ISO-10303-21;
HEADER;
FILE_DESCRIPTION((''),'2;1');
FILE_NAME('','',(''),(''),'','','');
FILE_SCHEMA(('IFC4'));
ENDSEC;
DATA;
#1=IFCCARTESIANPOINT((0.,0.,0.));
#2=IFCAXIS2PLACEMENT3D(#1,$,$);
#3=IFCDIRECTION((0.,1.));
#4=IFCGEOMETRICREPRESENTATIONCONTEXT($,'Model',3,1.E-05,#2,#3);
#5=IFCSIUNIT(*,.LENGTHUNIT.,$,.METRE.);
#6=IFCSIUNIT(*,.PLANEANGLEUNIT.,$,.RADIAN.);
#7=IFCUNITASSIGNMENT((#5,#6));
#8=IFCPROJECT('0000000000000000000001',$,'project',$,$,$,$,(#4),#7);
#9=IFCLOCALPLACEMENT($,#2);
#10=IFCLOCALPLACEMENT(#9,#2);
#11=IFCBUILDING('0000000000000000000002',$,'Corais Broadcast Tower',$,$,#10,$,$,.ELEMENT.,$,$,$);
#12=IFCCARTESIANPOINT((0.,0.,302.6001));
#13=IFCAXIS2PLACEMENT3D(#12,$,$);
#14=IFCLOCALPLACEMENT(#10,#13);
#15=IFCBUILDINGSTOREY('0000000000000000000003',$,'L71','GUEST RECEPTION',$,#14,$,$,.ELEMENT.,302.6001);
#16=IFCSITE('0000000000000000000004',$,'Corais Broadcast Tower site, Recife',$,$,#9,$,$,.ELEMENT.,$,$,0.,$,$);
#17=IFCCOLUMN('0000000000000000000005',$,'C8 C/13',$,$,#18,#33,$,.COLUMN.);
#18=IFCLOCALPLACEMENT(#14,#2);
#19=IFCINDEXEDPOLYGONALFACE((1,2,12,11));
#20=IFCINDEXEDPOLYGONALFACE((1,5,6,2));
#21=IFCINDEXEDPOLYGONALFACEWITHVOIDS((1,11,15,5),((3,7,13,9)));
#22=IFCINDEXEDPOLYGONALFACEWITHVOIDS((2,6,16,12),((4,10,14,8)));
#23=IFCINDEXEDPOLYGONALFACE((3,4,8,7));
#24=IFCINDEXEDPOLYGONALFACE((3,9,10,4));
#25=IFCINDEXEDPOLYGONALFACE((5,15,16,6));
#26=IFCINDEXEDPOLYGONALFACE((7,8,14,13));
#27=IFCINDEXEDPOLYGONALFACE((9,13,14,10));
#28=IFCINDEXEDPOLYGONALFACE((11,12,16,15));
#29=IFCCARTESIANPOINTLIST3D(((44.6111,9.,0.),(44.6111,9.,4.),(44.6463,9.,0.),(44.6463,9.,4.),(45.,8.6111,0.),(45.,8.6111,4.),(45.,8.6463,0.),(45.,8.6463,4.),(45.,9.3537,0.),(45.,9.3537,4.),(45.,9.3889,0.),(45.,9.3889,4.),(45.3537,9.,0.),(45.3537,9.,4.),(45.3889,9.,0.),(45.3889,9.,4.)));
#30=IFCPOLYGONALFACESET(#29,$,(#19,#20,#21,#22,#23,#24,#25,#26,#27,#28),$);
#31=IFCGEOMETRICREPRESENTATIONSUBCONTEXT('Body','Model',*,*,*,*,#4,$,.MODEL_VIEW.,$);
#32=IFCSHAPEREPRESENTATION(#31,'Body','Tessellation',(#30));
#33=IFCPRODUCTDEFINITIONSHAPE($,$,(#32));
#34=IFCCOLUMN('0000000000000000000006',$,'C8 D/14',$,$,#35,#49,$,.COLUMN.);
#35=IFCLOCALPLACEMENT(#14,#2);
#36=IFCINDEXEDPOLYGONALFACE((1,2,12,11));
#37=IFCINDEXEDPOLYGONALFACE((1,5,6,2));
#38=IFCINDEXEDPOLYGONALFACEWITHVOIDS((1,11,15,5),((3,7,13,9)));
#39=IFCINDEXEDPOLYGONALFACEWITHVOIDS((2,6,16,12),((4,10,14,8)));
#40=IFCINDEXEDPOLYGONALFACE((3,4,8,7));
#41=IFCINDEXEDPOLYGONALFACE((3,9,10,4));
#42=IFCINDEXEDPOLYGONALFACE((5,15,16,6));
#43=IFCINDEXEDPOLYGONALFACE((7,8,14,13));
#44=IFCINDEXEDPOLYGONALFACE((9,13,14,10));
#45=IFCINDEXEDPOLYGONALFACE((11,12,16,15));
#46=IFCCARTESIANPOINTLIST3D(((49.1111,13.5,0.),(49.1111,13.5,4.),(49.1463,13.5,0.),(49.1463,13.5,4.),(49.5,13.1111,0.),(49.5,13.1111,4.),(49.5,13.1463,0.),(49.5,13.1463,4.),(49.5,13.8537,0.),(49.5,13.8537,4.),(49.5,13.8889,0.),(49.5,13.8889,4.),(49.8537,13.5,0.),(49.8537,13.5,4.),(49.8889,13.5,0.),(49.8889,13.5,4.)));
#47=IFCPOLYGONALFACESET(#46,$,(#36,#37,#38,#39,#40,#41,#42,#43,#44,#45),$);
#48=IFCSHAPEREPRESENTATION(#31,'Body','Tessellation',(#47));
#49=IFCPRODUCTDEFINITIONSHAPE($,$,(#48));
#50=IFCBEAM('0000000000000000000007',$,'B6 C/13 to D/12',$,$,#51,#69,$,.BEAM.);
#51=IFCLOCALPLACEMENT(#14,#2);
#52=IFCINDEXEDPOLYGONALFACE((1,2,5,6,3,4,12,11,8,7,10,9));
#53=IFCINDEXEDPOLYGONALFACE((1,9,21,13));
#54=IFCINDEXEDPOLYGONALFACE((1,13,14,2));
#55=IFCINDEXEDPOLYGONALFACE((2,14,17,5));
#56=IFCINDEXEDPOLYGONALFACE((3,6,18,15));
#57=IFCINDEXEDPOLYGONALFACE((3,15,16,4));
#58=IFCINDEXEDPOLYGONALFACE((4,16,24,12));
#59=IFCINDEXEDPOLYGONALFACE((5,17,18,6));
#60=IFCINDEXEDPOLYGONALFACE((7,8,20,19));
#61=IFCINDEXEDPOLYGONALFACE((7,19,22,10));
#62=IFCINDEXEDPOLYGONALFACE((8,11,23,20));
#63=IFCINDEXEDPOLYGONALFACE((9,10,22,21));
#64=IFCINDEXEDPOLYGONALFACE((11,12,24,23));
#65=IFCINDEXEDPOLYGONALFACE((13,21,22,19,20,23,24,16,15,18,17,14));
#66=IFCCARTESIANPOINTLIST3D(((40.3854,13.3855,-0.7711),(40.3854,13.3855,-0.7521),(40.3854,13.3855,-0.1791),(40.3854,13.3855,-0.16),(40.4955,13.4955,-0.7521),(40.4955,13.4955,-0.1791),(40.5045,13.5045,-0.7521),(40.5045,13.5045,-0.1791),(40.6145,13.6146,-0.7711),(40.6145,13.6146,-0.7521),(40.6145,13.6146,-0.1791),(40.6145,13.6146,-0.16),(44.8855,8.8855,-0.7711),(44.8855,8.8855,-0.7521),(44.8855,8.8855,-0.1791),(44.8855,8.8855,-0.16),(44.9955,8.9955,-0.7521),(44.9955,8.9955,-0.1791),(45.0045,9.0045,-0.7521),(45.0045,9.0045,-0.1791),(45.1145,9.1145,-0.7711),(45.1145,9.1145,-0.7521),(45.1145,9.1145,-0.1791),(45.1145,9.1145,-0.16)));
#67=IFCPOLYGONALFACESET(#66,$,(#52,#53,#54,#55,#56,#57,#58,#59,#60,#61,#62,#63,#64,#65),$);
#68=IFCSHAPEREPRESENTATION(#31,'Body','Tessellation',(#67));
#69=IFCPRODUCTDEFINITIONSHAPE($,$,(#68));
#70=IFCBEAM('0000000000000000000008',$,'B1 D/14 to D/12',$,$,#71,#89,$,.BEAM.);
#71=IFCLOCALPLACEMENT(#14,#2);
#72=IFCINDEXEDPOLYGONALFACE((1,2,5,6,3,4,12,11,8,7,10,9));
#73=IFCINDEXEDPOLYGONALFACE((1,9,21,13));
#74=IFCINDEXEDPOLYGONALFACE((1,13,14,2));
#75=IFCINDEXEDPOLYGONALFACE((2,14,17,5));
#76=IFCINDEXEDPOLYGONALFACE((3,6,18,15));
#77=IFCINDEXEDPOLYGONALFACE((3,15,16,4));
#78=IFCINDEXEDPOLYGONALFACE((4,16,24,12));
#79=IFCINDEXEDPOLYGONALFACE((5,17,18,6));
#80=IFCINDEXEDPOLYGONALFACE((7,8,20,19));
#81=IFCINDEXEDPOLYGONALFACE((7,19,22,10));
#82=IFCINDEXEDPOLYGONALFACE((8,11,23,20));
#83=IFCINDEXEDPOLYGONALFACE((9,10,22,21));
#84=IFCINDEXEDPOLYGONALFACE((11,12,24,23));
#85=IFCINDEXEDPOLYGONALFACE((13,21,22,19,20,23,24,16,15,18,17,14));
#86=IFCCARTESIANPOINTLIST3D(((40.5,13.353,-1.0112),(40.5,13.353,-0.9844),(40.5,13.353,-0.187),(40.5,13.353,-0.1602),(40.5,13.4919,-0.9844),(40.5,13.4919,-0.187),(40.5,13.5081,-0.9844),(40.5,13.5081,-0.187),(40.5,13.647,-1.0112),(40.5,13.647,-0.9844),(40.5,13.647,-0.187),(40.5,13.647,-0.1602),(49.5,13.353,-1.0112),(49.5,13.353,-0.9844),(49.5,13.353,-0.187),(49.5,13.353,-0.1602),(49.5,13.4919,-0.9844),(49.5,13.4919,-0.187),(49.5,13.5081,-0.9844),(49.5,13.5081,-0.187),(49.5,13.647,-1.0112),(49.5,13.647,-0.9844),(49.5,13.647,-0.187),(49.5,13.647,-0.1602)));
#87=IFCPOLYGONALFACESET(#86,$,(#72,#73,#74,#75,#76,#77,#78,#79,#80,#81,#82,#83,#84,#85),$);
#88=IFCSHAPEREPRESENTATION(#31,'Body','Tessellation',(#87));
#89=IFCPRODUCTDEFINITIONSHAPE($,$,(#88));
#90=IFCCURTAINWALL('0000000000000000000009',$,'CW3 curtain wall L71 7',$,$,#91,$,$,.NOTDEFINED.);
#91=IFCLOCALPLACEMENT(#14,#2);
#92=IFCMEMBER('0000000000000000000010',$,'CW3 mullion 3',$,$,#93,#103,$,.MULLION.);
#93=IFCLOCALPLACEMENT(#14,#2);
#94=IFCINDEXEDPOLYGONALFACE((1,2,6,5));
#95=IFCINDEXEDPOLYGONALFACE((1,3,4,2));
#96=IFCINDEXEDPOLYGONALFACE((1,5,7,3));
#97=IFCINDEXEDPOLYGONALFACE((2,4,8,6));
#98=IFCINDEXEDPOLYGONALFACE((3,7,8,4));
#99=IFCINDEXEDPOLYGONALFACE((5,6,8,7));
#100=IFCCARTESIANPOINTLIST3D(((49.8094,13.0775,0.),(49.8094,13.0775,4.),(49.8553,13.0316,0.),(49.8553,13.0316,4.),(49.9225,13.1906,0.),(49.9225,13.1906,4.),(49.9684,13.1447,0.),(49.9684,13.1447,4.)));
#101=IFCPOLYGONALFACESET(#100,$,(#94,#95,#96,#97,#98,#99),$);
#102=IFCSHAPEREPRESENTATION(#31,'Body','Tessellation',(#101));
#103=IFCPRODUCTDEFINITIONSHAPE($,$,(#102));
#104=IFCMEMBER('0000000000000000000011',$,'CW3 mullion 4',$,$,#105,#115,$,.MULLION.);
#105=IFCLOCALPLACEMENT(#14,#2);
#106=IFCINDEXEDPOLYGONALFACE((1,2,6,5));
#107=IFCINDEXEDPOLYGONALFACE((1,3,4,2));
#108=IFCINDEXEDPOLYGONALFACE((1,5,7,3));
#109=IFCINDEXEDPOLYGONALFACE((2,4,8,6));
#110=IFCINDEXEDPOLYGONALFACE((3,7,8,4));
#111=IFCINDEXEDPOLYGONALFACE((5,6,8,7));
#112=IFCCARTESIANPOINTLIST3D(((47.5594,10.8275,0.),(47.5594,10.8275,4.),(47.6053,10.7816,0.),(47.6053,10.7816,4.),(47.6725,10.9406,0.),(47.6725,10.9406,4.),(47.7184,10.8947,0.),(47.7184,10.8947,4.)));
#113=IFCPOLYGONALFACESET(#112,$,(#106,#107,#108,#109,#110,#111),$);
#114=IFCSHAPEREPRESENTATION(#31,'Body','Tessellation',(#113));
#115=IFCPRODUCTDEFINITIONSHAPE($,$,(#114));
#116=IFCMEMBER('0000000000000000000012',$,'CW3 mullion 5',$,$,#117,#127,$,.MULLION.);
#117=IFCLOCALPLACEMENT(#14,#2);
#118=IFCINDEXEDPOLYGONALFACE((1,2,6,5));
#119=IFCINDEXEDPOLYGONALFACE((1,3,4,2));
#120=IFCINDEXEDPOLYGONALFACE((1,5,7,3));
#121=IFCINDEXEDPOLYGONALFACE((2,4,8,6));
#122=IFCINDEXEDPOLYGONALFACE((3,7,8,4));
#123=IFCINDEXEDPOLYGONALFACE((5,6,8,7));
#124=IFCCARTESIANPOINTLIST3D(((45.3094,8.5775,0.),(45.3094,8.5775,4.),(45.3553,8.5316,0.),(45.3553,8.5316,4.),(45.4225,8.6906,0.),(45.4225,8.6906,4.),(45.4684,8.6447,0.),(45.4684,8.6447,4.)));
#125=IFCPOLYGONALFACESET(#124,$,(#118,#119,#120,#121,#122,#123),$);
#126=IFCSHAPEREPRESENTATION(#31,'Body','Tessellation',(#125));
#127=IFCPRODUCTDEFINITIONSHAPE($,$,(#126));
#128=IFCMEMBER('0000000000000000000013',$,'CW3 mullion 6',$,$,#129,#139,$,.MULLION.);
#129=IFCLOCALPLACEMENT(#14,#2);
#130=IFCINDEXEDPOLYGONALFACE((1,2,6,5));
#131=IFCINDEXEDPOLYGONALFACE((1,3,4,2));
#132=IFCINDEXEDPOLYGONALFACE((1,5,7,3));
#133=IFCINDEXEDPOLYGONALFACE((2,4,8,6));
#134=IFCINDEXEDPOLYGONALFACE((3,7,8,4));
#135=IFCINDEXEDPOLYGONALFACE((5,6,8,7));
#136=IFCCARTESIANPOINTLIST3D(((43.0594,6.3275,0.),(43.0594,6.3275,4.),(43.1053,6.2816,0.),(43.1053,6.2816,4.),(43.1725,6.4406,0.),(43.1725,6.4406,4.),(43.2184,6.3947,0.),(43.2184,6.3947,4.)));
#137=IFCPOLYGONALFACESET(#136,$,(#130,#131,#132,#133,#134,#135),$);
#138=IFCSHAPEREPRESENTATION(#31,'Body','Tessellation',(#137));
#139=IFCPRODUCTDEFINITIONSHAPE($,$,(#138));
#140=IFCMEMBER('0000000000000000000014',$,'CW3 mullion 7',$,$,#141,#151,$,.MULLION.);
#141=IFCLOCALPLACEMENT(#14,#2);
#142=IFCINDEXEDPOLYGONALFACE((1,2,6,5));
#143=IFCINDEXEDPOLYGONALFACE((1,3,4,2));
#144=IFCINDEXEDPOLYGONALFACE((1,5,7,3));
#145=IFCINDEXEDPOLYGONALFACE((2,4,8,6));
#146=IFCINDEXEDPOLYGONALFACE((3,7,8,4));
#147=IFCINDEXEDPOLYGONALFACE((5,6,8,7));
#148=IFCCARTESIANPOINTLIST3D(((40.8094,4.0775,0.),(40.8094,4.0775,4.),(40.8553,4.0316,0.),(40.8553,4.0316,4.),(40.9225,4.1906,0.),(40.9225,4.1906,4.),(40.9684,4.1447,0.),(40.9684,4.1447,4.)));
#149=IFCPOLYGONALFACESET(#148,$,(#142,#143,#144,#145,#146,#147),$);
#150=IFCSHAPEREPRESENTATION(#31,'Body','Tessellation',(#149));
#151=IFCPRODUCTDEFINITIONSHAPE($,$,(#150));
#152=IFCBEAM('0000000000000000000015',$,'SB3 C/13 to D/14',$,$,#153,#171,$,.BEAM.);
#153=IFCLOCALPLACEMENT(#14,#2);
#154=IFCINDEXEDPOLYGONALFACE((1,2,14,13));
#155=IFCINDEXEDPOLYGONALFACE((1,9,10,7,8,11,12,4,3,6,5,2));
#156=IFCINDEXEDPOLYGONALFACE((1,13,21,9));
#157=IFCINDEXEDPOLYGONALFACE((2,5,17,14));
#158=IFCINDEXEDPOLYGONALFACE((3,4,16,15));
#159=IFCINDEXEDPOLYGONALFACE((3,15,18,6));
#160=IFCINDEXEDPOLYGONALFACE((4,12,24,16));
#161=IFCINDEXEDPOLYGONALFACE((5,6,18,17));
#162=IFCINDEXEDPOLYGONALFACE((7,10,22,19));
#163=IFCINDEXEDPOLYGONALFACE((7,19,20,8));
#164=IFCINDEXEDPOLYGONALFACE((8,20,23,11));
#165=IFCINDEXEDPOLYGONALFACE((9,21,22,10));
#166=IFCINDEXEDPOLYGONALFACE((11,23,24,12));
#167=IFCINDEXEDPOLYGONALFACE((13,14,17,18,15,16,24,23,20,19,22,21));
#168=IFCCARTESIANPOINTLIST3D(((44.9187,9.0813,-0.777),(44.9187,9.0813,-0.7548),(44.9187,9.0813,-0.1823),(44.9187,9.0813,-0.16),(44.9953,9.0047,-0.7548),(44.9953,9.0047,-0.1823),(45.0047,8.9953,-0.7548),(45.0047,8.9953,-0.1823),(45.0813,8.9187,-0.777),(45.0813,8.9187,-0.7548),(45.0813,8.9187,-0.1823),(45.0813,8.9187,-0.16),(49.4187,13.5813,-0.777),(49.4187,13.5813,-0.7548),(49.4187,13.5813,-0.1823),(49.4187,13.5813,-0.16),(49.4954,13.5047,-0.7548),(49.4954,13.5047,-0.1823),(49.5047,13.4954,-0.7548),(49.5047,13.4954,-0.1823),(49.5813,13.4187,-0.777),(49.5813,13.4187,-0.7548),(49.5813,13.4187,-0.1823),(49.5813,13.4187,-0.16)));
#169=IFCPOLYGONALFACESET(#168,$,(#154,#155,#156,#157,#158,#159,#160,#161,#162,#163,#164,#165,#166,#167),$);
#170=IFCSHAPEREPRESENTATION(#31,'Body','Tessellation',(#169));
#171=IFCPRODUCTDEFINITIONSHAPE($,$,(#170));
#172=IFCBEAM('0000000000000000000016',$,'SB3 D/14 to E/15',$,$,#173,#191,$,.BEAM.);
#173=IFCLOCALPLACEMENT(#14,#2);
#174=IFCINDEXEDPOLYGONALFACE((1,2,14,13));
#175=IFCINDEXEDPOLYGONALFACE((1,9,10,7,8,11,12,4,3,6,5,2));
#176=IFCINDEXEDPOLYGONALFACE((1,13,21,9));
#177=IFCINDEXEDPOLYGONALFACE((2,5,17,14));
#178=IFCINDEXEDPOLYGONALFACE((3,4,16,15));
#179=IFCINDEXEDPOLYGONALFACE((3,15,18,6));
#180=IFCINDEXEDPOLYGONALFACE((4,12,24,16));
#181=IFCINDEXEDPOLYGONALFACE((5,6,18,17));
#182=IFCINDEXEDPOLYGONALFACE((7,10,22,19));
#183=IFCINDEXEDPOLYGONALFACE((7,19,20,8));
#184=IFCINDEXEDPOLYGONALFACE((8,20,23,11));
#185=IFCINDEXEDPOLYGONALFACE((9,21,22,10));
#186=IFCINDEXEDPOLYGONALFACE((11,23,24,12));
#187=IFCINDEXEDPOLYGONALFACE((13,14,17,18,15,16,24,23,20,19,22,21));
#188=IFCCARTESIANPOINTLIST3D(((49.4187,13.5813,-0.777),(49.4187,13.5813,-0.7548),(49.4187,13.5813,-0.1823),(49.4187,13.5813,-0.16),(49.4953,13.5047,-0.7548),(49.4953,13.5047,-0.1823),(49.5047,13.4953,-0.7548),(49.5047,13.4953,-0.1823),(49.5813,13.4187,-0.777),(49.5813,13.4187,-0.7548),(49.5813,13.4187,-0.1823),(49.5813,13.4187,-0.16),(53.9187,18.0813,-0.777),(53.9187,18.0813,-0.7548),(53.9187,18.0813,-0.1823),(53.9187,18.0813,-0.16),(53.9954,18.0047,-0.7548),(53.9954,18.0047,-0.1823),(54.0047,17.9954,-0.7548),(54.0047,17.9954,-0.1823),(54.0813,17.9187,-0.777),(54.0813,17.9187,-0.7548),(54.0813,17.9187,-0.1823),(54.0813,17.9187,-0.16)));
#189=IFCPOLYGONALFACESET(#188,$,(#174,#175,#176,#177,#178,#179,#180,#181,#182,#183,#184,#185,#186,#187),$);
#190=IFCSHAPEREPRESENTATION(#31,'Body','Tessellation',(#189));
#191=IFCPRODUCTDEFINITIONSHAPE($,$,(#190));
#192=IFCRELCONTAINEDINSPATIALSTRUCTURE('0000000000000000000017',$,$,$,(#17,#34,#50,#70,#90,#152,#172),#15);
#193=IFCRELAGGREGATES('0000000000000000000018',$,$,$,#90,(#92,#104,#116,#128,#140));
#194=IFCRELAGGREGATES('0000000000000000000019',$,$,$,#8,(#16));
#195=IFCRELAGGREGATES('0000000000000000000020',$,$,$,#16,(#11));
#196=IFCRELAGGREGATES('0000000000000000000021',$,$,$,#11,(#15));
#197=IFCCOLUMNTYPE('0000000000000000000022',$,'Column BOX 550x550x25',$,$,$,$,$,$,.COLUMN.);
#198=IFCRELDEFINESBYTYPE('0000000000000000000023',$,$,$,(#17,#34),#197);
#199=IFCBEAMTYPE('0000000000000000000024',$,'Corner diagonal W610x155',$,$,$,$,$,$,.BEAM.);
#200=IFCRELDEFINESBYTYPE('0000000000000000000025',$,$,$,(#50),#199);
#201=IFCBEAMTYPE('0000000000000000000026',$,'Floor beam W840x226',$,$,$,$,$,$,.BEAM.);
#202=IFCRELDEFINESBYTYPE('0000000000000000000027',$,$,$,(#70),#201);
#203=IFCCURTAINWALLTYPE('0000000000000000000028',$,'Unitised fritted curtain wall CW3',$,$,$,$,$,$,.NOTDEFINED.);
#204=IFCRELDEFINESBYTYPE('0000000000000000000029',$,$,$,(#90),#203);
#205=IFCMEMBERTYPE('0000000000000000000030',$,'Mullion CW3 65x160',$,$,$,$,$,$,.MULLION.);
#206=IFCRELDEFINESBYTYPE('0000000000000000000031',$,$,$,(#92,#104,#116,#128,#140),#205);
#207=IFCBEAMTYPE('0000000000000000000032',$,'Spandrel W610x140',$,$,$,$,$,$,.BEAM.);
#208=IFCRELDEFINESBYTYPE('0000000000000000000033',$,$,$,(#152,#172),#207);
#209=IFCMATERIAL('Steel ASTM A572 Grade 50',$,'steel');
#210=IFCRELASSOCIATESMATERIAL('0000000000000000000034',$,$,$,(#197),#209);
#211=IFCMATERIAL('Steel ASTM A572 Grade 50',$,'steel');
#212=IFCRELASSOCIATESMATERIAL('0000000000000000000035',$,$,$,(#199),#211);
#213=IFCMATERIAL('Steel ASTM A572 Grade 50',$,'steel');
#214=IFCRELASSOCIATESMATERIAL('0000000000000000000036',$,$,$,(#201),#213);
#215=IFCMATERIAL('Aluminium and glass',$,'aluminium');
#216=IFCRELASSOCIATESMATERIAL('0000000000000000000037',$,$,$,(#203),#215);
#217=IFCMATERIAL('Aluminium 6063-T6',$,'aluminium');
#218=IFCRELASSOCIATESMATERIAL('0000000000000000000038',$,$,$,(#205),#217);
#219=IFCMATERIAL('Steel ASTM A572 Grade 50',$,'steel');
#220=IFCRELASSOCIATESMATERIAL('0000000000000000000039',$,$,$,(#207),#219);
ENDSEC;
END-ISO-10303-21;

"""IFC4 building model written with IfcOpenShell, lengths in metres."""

from ifc_helpers import new_model, si_unit, direction, frame, origin, origin_2d, place, context, subcontext, project, spatial, rectangle, hollow_rectangle, i_section, extrude, material, material_profile, profile_set, type_object, element, aggregate, save


model = new_model("IFC4")

# Units and contexts
model_context = context("Model", 3, precision=1e-05, world=origin(), true_north=direction((0.0, 1.0)))
body_context = subcontext(model_context, "Body", "Model", "MODEL_VIEW")
ifc_project = project(units=[si_unit("LENGTHUNIT", "METRE"), si_unit("PLANEANGLEUNIT", "RADIAN")], contexts=[model_context])

# Site, building, storey
site_placement = place(None, origin())
site = spatial("IfcSite", under=ifc_project, at=site_placement, Name="Corais Broadcast Tower site, Recife", CompositionType="ELEMENT", RefElevation=0.0)
building_placement = place(site_placement, origin())
building = spatial("IfcBuilding", under=site, at=building_placement, Name="Corais Broadcast Tower", CompositionType="ELEMENT")
storey_placement = place(building_placement, frame((0.0, 0.0, 302.6001)))
storey = spatial("IfcBuildingStorey", under=building, at=storey_placement, Name="L71", Description="GUEST RECEPTION", CompositionType="ELEMENT", Elevation=302.6001)

# Columns
ifc_material_1 = material(Name="Steel ASTM A572 Grade 50", Category="steel")
ifc_material_profile_1 = material_profile(ifc_material_1, hollow_rectangle(XDim=0.55, YDim=0.55, WallThickness=0.0249, at=origin_2d()), Name="BOX 550x550x25")
ifc_profile_set_1 = profile_set([ifc_material_profile_1], Name="Steel ASTM A572 Grade 50")
column_type = type_object("IfcColumnType", Name="Column BOX 550x550x25", PredefinedType="COLUMN", material=ifc_profile_set_1)
for number, where, z_axis, x_axis, name in (
    (1, (45.0, 9.0, 0.0), (0.0, 0.0, 1.0), (0.707107, 0.707107, 0.0), "C8 C/13"),
    (2, (49.5, 13.5, 0.0), (0.0, 0.0, 1.0), (0.707107, 0.707107, 0.0), "C8 D/14"),
):
    element("IfcColumn", number, at=place(storey_placement, frame(where, z_axis=z_axis, x_axis=x_axis)), inside=storey, type_object=column_type, Name=name, PredefinedType="COLUMN", context=body_context, shape_type="SweptSolid", body=[
        extrude(hollow_rectangle(XDim=0.55, YDim=0.55, WallThickness=0.0249, at=origin_2d()), origin(), (0.0, 0.0, 1.0), 4.0),
    ])

# Beams
ifc_material_2 = material(Name="Steel ASTM A572 Grade 50", Category="steel")
ifc_material_profile_2 = material_profile(ifc_material_2, i_section(OverallWidth=0.324, OverallDepth=0.6111, WebThickness=0.0127, FlangeThickness=0.019, at=origin_2d()), Name="W610x155")
ifc_profile_set_2 = profile_set([ifc_material_profile_2], Name="Steel ASTM A572 Grade 50")
beam_type_1 = type_object("IfcBeamType", Name="Corner diagonal W610x155", PredefinedType="BEAM", material=ifc_profile_set_2)
beam_1_placement = place(storey_placement, frame((45.0, 9.0, -0.4656), z_axis=(-0.707107, 0.707107, 0.0), x_axis=(-0.707107, -0.707107, 0.0)))
element("IfcBeam", 3, at=beam_1_placement, inside=storey, type_object=beam_type_1, Name="B6 C/13 to D/12", PredefinedType="BEAM", context=body_context, shape_type="SweptSolid", body=[
    extrude(i_section(OverallWidth=0.324, OverallDepth=0.6111, WebThickness=0.0127, FlangeThickness=0.019, at=origin_2d()), origin(), (0.0, 0.0, 1.0), 6.364),
])
ifc_material_3 = material(Name="Steel ASTM A572 Grade 50", Category="steel")
ifc_material_profile_3 = material_profile(ifc_material_3, i_section(OverallWidth=0.2939, OverallDepth=0.8511, WebThickness=0.0161, FlangeThickness=0.0269, at=origin_2d()), Name="W840x226")
ifc_profile_set_3 = profile_set([ifc_material_profile_3], Name="Steel ASTM A572 Grade 50")
beam_type_2 = type_object("IfcBeamType", Name="Floor beam W840x226", PredefinedType="BEAM", material=ifc_profile_set_3)
beam_2_placement = place(storey_placement, frame((49.5, 13.5, -0.5857), z_axis=(-1.0, 0.0, 0.0), x_axis=(0.0, -1.0, 0.0)))
element("IfcBeam", 4, at=beam_2_placement, inside=storey, type_object=beam_type_2, Name="B1 D/14 to D/12", PredefinedType="BEAM", context=body_context, shape_type="SweptSolid", body=[
    extrude(i_section(OverallWidth=0.2939, OverallDepth=0.8511, WebThickness=0.0161, FlangeThickness=0.0269, at=origin_2d()), origin(), (0.0, 0.0, 1.0), 9.0),
])

# Curtain wall, members
ifc_material_4 = material(Name="Aluminium and glass", Category="aluminium")
curtain_wall_type = type_object("IfcCurtainWallType", Name="Unitised fritted curtain wall CW3", PredefinedType="NOTDEFINED", material=ifc_material_4)
curtain_wall_placement = place(storey_placement, origin())
curtain_wall = element("IfcCurtainWall", 5, at=curtain_wall_placement, inside=storey, type_object=curtain_wall_type, Name="CW3 curtain wall L71 7", PredefinedType="NOTDEFINED")
ifc_material_5 = material(Name="Aluminium 6063-T6", Category="aluminium")
ifc_material_profile_4 = material_profile(ifc_material_5, rectangle(XDim=0.0649, YDim=0.1599, at=origin_2d()), Name="Mullion CW3 65x160")
ifc_profile_set_4 = profile_set([ifc_material_profile_4], Name="Aluminium 6063-T6")
member_type_1 = type_object("IfcMemberType", Name="Mullion CW3 65x160", PredefinedType="MULLION", material=ifc_profile_set_4)
member_1_placement = place(storey_placement, frame((49.8889, 13.1111, 0.0), z_axis=(0.0, 0.0, 1.0), x_axis=(0.707107, -0.707107, 0.0)))
member_1 = element("IfcMember", 6, at=member_1_placement, type_object=member_type_1, Name="CW3 mullion 3", PredefinedType="MULLION", context=body_context, shape_type="SweptSolid", body=[
    extrude(rectangle(XDim=0.0649, YDim=0.1599, at=origin_2d()), origin(), (0.0, 0.0, 1.0), 4.0),
])
member_2_placement = place(storey_placement, frame((47.6389, 10.8611, 0.0), z_axis=(0.0, 0.0, 1.0), x_axis=(0.707107, -0.707107, 0.0)))
member_2 = element("IfcMember", 7, at=member_2_placement, type_object=member_type_1, Name="CW3 mullion 4", PredefinedType="MULLION", context=body_context, shape_type="SweptSolid", body=[
    extrude(rectangle(XDim=0.0649, YDim=0.1599, at=origin_2d()), origin(), (0.0, 0.0, 1.0), 4.0),
])
member_3_placement = place(storey_placement, frame((45.3889, 8.6111, 0.0), z_axis=(0.0, 0.0, 1.0), x_axis=(0.707107, -0.707107, 0.0)))
member_3 = element("IfcMember", 8, at=member_3_placement, type_object=member_type_1, Name="CW3 mullion 5", PredefinedType="MULLION", context=body_context, shape_type="SweptSolid", body=[
    extrude(rectangle(XDim=0.0649, YDim=0.1599, at=origin_2d()), origin(), (0.0, 0.0, 1.0), 4.0),
])
member_4_placement = place(storey_placement, frame((43.1389, 6.3611, 0.0), z_axis=(0.0, 0.0, 1.0), x_axis=(0.707107, -0.707107, 0.0)))
member_4 = element("IfcMember", 9, at=member_4_placement, type_object=member_type_1, Name="CW3 mullion 6", PredefinedType="MULLION", context=body_context, shape_type="SweptSolid", body=[
    extrude(rectangle(XDim=0.0649, YDim=0.1599, at=origin_2d()), origin(), (0.0, 0.0, 1.0), 4.0),
])
member_5_placement = place(storey_placement, frame((40.8889, 4.1111, 0.0), z_axis=(0.0, 0.0, 1.0), x_axis=(0.707107, -0.707107, 0.0)))
member_5 = element("IfcMember", 10, at=member_5_placement, type_object=member_type_1, Name="CW3 mullion 7", PredefinedType="MULLION", context=body_context, shape_type="SweptSolid", body=[
    extrude(rectangle(XDim=0.0649, YDim=0.1599, at=origin_2d()), origin(), (0.0, 0.0, 1.0), 4.0),
])

# Beams
ifc_material_6 = material(Name="Steel ASTM A572 Grade 50", Category="steel")
ifc_material_profile_5 = material_profile(ifc_material_6, i_section(OverallWidth=0.23, OverallDepth=0.6169, WebThickness=0.0132, FlangeThickness=0.0222, at=origin_2d()), Name="W610x140")
ifc_profile_set_5 = profile_set([ifc_material_profile_5], Name="Steel ASTM A572 Grade 50")
beam_type_3 = type_object("IfcBeamType", Name="Spandrel W610x140", PredefinedType="BEAM", material=ifc_profile_set_5)
for number, where, z_axis, x_axis, name in (
    (11, (45.0, 9.0, -0.4685), (0.707107, 0.707107, 0.0), (-0.707107, 0.707107, 0.0), "SB3 C/13 to D/14"),
    (12, (49.5, 13.5, -0.4685), (0.707107, 0.707107, 0.0), (-0.707107, 0.707107, 0.0), "SB3 D/14 to E/15"),
):
    element("IfcBeam", number, at=place(storey_placement, frame(where, z_axis=z_axis, x_axis=x_axis)), inside=storey, type_object=beam_type_3, Name=name, PredefinedType="BEAM", context=body_context, shape_type="SweptSolid", body=[
        extrude(i_section(OverallWidth=0.23, OverallDepth=0.6169, WebThickness=0.0132, FlangeThickness=0.0222, at=origin_2d()), origin(), (0.0, 0.0, 1.0), 6.364),
    ])

aggregate(curtain_wall, [member_1, member_2, member_3, member_4, member_5])

save(model, "model.ifc")
